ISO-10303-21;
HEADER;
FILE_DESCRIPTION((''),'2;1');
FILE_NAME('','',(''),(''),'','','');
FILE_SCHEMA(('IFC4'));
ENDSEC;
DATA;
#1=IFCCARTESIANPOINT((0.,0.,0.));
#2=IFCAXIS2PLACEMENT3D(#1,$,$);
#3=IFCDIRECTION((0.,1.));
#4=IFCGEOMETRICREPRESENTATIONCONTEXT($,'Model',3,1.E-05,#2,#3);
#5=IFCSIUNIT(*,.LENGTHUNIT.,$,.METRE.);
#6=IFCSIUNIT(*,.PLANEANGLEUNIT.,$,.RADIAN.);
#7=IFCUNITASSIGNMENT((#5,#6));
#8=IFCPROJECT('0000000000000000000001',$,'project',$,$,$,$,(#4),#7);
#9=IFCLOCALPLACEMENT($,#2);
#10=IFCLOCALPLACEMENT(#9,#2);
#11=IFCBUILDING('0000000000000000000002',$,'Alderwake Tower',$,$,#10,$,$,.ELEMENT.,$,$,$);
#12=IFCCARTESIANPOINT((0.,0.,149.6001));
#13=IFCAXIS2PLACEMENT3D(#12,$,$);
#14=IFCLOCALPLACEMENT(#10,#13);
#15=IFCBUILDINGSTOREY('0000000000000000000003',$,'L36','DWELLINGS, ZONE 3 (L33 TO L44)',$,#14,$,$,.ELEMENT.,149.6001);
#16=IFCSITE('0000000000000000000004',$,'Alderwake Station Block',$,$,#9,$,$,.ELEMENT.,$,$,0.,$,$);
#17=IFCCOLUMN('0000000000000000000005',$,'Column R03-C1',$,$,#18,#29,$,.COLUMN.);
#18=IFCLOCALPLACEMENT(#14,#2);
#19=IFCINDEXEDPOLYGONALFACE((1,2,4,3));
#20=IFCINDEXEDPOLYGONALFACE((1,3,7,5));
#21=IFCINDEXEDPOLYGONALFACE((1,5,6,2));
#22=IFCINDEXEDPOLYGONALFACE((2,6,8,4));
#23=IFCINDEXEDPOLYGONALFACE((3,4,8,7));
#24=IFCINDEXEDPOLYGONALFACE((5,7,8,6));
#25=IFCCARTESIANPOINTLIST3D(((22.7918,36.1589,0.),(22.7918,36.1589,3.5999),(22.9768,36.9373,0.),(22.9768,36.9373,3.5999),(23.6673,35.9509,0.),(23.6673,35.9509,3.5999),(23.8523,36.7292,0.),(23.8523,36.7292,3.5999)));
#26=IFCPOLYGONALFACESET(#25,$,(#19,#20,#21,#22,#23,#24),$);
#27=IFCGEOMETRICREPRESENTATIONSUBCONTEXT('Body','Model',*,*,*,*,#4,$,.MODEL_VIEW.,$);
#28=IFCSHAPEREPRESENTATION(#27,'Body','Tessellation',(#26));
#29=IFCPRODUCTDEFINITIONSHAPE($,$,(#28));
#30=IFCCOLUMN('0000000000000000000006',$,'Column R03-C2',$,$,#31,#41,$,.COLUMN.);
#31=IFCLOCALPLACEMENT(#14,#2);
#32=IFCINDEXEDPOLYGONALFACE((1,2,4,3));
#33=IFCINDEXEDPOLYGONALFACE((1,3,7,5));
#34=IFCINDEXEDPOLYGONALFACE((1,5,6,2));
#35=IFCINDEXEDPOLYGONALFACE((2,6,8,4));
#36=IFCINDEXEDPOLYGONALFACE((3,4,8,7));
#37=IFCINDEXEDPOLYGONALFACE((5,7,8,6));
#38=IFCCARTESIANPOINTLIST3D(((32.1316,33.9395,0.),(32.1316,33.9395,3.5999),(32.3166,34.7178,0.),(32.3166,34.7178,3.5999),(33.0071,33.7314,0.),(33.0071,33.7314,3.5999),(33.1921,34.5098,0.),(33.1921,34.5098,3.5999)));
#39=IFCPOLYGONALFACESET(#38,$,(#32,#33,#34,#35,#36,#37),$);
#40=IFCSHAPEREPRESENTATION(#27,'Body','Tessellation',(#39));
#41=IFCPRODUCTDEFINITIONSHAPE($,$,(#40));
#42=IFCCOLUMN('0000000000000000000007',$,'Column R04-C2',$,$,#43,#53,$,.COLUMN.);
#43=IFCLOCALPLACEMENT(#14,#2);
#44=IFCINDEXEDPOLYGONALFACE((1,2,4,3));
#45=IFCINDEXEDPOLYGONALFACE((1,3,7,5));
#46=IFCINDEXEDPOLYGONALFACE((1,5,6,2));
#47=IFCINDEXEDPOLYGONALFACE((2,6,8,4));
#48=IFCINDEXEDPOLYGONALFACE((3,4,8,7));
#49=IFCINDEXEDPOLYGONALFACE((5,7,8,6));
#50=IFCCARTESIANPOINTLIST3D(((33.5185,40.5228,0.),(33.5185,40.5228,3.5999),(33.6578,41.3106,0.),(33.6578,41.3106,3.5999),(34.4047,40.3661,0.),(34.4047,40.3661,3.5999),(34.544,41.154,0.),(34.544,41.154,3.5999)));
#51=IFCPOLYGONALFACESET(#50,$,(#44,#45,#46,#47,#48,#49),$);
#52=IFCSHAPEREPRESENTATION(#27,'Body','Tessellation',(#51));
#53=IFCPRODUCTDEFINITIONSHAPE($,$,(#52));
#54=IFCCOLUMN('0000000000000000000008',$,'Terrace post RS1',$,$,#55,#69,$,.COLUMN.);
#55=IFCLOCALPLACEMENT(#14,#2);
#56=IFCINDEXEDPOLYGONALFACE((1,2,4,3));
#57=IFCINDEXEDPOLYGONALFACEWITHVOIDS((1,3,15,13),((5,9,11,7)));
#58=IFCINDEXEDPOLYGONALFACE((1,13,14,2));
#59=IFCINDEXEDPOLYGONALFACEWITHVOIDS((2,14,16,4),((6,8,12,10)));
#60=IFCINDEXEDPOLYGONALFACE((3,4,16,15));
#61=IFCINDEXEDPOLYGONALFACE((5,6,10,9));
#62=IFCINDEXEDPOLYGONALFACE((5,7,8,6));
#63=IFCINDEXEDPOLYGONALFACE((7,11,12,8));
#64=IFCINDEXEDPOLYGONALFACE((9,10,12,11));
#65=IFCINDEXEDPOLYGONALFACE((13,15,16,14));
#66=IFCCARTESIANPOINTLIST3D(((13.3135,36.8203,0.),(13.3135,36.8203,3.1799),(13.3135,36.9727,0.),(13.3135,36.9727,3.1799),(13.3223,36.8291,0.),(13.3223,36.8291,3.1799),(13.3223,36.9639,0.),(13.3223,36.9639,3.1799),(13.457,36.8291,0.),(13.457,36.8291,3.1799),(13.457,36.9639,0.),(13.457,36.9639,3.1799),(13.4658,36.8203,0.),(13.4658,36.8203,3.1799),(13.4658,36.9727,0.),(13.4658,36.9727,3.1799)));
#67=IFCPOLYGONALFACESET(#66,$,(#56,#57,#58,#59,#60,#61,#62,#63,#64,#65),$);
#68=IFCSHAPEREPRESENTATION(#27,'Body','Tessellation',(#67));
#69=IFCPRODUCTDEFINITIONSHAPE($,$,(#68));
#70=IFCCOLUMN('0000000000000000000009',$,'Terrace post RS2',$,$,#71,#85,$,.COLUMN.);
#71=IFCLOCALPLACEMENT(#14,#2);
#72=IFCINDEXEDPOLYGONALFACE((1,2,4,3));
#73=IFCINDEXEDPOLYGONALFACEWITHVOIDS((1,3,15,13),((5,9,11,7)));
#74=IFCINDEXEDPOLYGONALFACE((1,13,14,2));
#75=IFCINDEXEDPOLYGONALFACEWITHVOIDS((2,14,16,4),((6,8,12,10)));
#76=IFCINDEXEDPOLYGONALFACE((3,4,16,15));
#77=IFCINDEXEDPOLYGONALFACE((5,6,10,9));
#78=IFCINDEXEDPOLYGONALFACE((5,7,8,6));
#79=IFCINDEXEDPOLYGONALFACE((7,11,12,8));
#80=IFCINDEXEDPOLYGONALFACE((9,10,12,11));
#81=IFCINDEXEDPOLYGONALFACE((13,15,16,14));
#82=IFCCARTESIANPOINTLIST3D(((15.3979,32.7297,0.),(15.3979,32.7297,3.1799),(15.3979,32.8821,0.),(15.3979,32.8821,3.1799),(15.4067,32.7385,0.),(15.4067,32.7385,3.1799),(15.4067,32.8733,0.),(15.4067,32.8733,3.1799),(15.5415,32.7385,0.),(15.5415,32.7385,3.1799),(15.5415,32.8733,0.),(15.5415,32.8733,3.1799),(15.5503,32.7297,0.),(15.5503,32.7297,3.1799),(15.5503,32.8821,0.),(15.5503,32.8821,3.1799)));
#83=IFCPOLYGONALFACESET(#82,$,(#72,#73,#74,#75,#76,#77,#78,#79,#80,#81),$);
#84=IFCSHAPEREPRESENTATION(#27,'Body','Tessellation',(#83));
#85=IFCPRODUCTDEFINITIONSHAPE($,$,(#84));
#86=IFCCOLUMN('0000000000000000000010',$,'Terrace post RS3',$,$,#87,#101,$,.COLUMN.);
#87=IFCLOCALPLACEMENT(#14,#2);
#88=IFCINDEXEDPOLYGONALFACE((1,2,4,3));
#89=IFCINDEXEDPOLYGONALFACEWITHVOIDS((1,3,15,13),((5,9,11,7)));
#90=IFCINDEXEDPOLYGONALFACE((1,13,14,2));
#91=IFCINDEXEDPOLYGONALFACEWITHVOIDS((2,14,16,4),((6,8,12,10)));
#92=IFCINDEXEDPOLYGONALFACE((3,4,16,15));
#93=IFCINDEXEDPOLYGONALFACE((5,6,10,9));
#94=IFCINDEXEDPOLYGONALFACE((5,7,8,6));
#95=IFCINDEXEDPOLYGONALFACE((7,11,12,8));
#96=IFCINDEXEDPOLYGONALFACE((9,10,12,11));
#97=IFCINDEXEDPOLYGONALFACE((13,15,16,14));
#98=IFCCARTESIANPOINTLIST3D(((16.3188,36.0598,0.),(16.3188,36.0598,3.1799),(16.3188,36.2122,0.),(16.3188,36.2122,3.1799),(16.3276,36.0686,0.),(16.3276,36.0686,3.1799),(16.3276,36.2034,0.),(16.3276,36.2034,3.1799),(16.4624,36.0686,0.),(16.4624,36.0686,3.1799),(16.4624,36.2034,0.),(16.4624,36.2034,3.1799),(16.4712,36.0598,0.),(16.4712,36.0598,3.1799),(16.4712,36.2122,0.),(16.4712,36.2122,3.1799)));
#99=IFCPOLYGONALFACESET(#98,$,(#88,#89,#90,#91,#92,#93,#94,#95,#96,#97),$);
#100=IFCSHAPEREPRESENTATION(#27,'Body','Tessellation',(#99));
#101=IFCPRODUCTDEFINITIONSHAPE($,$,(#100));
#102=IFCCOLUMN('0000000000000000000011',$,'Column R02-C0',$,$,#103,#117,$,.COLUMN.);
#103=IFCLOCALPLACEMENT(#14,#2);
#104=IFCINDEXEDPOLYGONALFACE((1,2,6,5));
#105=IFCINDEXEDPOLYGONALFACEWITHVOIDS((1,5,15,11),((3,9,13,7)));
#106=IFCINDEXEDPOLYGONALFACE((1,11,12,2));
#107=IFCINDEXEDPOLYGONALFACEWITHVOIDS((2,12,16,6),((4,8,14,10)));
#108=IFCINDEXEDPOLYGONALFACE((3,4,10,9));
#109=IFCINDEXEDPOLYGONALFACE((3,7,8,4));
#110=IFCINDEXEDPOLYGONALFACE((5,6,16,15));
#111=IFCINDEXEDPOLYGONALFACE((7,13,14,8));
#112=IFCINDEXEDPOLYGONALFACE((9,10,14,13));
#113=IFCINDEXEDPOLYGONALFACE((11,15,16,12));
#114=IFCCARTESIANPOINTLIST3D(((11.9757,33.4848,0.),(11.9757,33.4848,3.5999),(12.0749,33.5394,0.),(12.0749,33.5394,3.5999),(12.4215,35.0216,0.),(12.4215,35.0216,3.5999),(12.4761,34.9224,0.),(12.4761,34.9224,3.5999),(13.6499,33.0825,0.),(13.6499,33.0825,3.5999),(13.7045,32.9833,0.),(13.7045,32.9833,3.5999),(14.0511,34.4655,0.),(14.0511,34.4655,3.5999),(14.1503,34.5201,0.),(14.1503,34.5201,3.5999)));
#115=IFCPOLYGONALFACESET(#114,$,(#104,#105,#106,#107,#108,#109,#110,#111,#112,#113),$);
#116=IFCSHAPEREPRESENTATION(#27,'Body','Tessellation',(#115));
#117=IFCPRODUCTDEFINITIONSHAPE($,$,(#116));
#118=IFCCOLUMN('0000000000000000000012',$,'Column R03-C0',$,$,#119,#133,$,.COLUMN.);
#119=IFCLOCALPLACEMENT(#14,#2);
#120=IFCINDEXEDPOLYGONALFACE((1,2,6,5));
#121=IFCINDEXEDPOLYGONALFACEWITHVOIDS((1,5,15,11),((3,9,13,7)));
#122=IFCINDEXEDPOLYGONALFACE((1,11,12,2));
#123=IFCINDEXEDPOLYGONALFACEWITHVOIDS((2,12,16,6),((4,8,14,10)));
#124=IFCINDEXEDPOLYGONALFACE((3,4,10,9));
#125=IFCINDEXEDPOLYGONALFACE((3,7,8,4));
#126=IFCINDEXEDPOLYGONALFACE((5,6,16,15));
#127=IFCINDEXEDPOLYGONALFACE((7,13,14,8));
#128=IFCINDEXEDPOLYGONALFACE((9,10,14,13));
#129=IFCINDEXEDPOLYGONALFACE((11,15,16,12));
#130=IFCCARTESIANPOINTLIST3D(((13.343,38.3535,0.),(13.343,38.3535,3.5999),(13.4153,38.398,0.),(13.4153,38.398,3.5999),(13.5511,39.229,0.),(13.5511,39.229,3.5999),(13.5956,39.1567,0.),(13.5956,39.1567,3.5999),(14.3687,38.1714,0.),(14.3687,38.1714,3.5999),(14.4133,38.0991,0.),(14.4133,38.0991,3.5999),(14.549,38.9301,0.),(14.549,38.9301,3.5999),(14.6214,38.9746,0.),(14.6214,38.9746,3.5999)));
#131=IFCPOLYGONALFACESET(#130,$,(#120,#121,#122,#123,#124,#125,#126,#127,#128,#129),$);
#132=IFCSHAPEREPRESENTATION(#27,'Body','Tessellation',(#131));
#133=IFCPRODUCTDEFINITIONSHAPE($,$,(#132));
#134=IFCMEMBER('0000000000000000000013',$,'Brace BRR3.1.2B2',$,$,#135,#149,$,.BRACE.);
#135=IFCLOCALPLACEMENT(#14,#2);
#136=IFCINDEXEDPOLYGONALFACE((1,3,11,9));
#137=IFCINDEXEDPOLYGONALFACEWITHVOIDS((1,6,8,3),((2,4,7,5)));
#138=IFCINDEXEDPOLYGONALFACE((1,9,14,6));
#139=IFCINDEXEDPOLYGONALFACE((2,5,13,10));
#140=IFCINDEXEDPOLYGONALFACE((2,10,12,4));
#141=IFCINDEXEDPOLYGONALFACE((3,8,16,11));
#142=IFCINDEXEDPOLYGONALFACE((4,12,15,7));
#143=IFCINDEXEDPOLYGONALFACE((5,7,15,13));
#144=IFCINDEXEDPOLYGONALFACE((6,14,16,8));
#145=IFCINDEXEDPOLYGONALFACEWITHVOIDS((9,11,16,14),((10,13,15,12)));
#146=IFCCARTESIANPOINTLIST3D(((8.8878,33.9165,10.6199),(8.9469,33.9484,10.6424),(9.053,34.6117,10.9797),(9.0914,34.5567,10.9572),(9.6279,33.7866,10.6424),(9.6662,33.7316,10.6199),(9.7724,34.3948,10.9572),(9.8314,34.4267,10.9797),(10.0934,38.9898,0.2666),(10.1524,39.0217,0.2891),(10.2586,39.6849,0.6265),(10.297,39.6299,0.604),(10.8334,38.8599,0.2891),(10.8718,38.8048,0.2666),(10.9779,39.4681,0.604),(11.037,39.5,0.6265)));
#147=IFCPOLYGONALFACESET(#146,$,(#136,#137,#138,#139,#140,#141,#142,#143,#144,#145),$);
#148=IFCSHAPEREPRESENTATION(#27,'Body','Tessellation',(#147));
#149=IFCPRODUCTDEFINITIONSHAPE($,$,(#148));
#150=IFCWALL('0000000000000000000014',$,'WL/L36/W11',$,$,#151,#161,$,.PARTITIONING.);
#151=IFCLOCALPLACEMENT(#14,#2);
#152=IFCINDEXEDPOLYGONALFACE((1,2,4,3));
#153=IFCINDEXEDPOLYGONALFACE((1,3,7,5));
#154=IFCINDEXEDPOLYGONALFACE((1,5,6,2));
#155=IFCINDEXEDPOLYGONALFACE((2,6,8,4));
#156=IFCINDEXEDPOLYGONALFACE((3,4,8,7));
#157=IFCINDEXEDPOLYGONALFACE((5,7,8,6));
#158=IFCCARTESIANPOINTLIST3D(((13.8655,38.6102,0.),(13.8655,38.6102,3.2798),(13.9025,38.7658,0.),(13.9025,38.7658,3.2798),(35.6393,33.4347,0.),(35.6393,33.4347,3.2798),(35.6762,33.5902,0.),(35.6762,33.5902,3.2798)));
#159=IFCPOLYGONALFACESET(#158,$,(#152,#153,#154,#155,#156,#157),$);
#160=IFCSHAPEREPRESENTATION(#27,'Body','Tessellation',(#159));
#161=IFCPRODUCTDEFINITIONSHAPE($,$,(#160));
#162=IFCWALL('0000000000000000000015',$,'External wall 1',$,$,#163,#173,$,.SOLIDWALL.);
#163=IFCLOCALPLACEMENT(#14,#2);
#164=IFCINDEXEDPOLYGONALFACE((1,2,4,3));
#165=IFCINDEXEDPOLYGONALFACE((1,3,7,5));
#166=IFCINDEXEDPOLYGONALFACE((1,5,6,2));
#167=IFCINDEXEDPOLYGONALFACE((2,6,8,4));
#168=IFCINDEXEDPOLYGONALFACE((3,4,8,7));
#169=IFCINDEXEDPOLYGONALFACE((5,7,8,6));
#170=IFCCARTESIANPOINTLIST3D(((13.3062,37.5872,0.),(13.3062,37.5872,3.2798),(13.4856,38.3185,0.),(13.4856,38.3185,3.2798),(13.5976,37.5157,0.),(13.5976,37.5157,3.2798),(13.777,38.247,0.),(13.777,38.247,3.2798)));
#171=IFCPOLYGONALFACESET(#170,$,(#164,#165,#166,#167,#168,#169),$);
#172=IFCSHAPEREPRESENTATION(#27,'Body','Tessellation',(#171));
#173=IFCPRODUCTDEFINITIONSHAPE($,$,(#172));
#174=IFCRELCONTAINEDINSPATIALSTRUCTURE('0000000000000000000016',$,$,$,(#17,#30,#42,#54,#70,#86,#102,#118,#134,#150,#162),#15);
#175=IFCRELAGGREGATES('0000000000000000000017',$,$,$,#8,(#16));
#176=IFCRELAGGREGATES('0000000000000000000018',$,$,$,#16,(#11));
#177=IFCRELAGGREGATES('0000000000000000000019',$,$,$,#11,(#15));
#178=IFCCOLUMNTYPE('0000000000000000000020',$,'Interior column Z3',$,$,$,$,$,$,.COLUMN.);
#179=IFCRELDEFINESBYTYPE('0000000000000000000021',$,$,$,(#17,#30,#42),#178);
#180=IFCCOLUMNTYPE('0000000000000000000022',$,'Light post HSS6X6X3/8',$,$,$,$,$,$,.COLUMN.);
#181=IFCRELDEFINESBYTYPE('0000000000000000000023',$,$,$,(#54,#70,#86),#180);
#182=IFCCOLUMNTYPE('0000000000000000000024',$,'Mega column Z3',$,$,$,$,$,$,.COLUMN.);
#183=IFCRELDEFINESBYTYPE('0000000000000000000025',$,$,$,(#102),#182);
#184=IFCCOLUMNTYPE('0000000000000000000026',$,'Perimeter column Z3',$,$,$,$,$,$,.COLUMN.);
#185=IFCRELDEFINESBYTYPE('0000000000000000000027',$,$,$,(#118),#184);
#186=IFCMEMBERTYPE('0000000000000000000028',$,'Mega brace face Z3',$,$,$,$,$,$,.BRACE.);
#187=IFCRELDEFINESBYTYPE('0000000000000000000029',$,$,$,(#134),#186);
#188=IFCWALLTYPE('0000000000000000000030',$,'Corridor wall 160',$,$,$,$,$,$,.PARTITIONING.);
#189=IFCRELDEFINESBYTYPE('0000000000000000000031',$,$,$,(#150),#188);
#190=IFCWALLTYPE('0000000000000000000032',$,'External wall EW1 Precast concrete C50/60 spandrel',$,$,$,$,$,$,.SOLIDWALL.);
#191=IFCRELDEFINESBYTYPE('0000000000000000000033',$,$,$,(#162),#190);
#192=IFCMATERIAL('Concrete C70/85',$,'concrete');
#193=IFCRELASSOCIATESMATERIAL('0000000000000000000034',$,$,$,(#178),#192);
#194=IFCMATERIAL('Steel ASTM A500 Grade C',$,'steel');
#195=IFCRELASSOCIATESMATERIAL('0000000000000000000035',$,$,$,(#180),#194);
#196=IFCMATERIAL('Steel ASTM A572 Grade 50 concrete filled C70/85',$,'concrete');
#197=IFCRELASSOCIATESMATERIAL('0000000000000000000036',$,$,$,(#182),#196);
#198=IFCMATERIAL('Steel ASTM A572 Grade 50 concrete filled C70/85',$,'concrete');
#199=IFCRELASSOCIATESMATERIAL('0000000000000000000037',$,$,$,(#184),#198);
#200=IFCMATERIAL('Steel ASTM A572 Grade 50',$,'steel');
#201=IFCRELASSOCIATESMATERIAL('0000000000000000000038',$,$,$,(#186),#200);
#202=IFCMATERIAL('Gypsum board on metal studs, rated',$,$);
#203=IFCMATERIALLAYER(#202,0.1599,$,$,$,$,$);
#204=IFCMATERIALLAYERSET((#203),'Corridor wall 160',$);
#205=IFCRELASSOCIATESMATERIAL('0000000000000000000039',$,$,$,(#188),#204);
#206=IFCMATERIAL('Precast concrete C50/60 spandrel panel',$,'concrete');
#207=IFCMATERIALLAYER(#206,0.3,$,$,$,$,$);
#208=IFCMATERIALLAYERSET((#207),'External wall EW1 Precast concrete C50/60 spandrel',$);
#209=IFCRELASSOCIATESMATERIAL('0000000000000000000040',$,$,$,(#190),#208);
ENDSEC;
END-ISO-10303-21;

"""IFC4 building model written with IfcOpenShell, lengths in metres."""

from ifc_helpers import new_model, si_unit, direction, frame, frame_2d, origin, origin_2d, place, context, subcontext, project, spatial, rectangle, hollow_rectangle, extrude, material, layer, layer_set, material_profile, profile_set, type_object, element, save


model = new_model("IFC4")

# Units and contexts
model_context = context("Model", 3, precision=1e-05, world=origin(), true_north=direction((0.0, 1.0)))
body_context = subcontext(model_context, "Body", "Model", "MODEL_VIEW")
ifc_project = project(units=[si_unit("LENGTHUNIT", "METRE"), si_unit("PLANEANGLEUNIT", "RADIAN")], contexts=[model_context])

# Site, building, storey
site_placement = place(None, origin())
site = spatial("IfcSite", under=ifc_project, at=site_placement, Name="Alderwake Station Block", CompositionType="ELEMENT", RefElevation=0.0)
building_placement = place(site_placement, origin())
building = spatial("IfcBuilding", under=site, at=building_placement, Name="Alderwake Tower", CompositionType="ELEMENT")
storey_placement = place(building_placement, frame((0.0, 0.0, 149.6001)))
storey = spatial("IfcBuildingStorey", under=building, at=storey_placement, Name="L36", Description="DWELLINGS, ZONE 3 (L33 TO L44)", CompositionType="ELEMENT", Elevation=149.6001)

# Columns
ifc_material_1 = material(Name="Concrete C70/85", Category="concrete")
ifc_material_profile_1 = material_profile(ifc_material_1, rectangle(XDim=0.8, YDim=0.8999, at=origin_2d()), Name="RC 900X800")
ifc_profile_set_1 = profile_set([ifc_material_profile_1], Name="Concrete C70/85")
column_type_1 = type_object("IfcColumnType", Name="Interior column Z3", PredefinedType="COLUMN", material=ifc_profile_set_1)
for number, where, z_axis, x_axis, name in (
    (1, (23.322, 36.4441, 0.0), (0.0, 0.0, 1.0), (0.231222, 0.972901, 0.0), "Column R03-C1"),
    (2, (32.6619, 34.2246, 0.0), (0.0, 0.0, 1.0), (0.231222, 0.972901, 0.0), "Column R03-C2"),
    (3, (34.0312, 40.8384, 0.0), (0.0, 0.0, 1.0), (0.174109, 0.984726, 0.0), "Column R04-C2"),
):
    element("IfcColumn", number, at=place(storey_placement, frame(where, z_axis=z_axis, x_axis=x_axis)), inside=storey, type_object=column_type_1, Name=name, PredefinedType="COLUMN", context=body_context, shape_type="SweptSolid", body=[
        extrude(rectangle(XDim=0.8, YDim=0.8999, at=origin_2d()), origin(), (0.0, 0.0, 1.0), 3.5999),
    ])
ifc_material_2 = material(Name="Steel ASTM A500 Grade C", Category="steel")
ifc_material_profile_2 = material_profile(ifc_material_2, hollow_rectangle(XDim=0.1523, YDim=0.1523, WallThickness=0.0088, at=origin_2d()), Name="HSS6X6X3/8")
ifc_profile_set_2 = profile_set([ifc_material_profile_2], Name="Steel ASTM A500 Grade C")
column_type_2 = type_object("IfcColumnType", Name="Light post HSS6X6X3/8", PredefinedType="COLUMN", material=ifc_profile_set_2)
for number, where, z_axis, x_axis, name in (
    (4, (13.3896, 36.8965, 0.0), (0.0, 0.0, 1.0), (1.0, 0.0, 0.0), "Terrace post RS1"),
    (5, (15.4741, 32.8059, 0.0), (0.0, 0.0, 1.0), (1.0, 0.0, 0.0), "Terrace post RS2"),
    (6, (16.395, 36.136, 0.0), (0.0, 0.0, 1.0), (1.0, 0.0, 0.0), "Terrace post RS3"),
):
    element("IfcColumn", number, at=place(storey_placement, frame(where, z_axis=z_axis, x_axis=x_axis)), inside=storey, type_object=column_type_2, Name=name, PredefinedType="COLUMN", context=body_context, shape_type="SweptSolid", body=[
        extrude(hollow_rectangle(XDim=0.1523, YDim=0.1523, WallThickness=0.0088, at=origin_2d()), origin(), (0.0, 0.0, 1.0), 3.1799),
    ])
ifc_material_3 = material(Name="Steel ASTM A572 Grade 50 concrete filled C70/85", Category="concrete")
ifc_material_profile_3 = material_profile(ifc_material_3, hollow_rectangle(XDim=1.6001, YDim=1.8, WallThickness=0.0801, at=origin_2d()), Name="BOX 1800X1600X80")
ifc_profile_set_3 = profile_set([ifc_material_profile_3], Name="Steel ASTM A572 Grade 50 concrete filled C70/85")
column_type_3 = type_object("IfcColumnType", Name="Mega column Z3", PredefinedType="COLUMN", material=ifc_profile_set_3)
column_1_placement = place(storey_placement, frame((13.063, 34.0024, 0.0), z_axis=(0.0, 0.0, 1.0), x_axis=(0.278612, 0.960404, 0.0)))
element("IfcColumn", 7, at=column_1_placement, inside=storey, type_object=column_type_3, Name="Column R02-C0", PredefinedType="COLUMN", context=body_context, shape_type="SweptSolid", body=[
    extrude(hollow_rectangle(XDim=1.6001, YDim=1.8, WallThickness=0.0801, at=origin_2d()), origin(), (0.0, 0.0, 1.0), 3.5999),
])
ifc_material_4 = material(Name="Steel ASTM A572 Grade 50 concrete filled C70/85", Category="concrete")
ifc_material_profile_4 = material_profile(ifc_material_4, hollow_rectangle(XDim=0.8999, YDim=1.1001, WallThickness=0.0601, at=origin_2d()), Name="BOX 1100X900X60")
ifc_profile_set_4 = profile_set([ifc_material_profile_4], Name="Steel ASTM A572 Grade 50 concrete filled C70/85")
column_type_4 = type_object("IfcColumnType", Name="Perimeter column Z3", PredefinedType="COLUMN", material=ifc_profile_set_4)
column_2_placement = place(storey_placement, frame((13.9822, 38.6641, 0.0), z_axis=(0.0, 0.0, 1.0), x_axis=(0.231222, 0.972901, 0.0)))
element("IfcColumn", 8, at=column_2_placement, inside=storey, type_object=column_type_4, Name="Column R03-C0", PredefinedType="COLUMN", context=body_context, shape_type="SweptSolid", body=[
    extrude(hollow_rectangle(XDim=0.8999, YDim=1.1001, WallThickness=0.0601, at=origin_2d()), origin(), (0.0, 0.0, 1.0), 3.5999),
])

# Member
ifc_material_5 = material(Name="Steel ASTM A572 Grade 50", Category="steel")
ifc_material_profile_5 = material_profile(ifc_material_5, hollow_rectangle(XDim=0.8, YDim=0.8, WallThickness=0.05, at=origin_2d()), Name="BOX 800X800X50")
ifc_profile_set_5 = profile_set([ifc_material_profile_5], Name="Steel ASTM A572 Grade 50")
member_type = type_object("IfcMemberType", Name="Mega brace face Z3", PredefinedType="BRACE", material=ifc_profile_set_5)
member_placement = place(storey_placement, frame((10.5652, 39.2449, 0.4465), z_axis=(-0.103997, -0.437639, 0.893116), x_axis=(0.972908, -0.231194, 0.0)))
element("IfcMember", 9, at=member_placement, inside=storey, type_object=member_type, Name="Brace BRR3.1.2B2", PredefinedType="BRACE", context=body_context, shape_type="SweptSolid", body=[
    extrude(hollow_rectangle(XDim=0.8, YDim=0.8, WallThickness=0.05, at=origin_2d()), origin(), (0.0, 0.0, 1.0), 11.5923),
])

# Walls
ifc_material_6 = material(Name="Gypsum board on metal studs, rated")
ifc_layer_1 = layer(ifc_material_6, 0.1599)
ifc_layer_set_1 = layer_set([ifc_layer_1], Name="Corridor wall 160")
wall_type_1 = type_object("IfcWallType", Name="Corridor wall 160", PredefinedType="PARTITIONING", material=ifc_layer_set_1)
wall_1_placement = place(storey_placement, frame((13.884, 38.688, 0.0), z_axis=(0.0, 0.0, 1.0), x_axis=(0.972893, -0.231254, 0.0)))
element("IfcWall", 10, at=wall_1_placement, inside=storey, type_object=wall_type_1, Name="WL/L36/W11", PredefinedType="PARTITIONING", context=body_context, shape_type="SweptSolid", body=[
    extrude(rectangle(XDim=22.3804, YDim=0.1599, at=frame_2d((11.1902, 0.0))), origin(), (0.0, 0.0, 1.0), 3.2798),
])
ifc_material_7 = material(Name="Precast concrete C50/60 spandrel panel", Category="concrete")
ifc_layer_2 = layer(ifc_material_7, 0.3)
ifc_layer_set_2 = layer_set([ifc_layer_2], Name="External wall EW1 Precast concrete C50/60 spandrel")
wall_type_2 = type_object("IfcWallType", Name="External wall EW1 Precast concrete C50/60 spandrel", PredefinedType="SOLIDWALL", material=ifc_layer_set_2)
wall_2_placement = place(storey_placement, frame((13.6313, 38.2827, 0.0), z_axis=(0.0, 0.0, 1.0), x_axis=(-0.238337, -0.971183, 0.0)))
element("IfcWall", 11, at=wall_2_placement, inside=storey, type_object=wall_type_2, Name="External wall 1", PredefinedType="SOLIDWALL", context=body_context, shape_type="SweptSolid", body=[
    extrude(rectangle(XDim=0.7529, YDim=0.3, at=frame_2d((0.3765, 0.0))), origin(), (0.0, 0.0, 1.0), 3.2798),
])

save(model, "model.ifc")
